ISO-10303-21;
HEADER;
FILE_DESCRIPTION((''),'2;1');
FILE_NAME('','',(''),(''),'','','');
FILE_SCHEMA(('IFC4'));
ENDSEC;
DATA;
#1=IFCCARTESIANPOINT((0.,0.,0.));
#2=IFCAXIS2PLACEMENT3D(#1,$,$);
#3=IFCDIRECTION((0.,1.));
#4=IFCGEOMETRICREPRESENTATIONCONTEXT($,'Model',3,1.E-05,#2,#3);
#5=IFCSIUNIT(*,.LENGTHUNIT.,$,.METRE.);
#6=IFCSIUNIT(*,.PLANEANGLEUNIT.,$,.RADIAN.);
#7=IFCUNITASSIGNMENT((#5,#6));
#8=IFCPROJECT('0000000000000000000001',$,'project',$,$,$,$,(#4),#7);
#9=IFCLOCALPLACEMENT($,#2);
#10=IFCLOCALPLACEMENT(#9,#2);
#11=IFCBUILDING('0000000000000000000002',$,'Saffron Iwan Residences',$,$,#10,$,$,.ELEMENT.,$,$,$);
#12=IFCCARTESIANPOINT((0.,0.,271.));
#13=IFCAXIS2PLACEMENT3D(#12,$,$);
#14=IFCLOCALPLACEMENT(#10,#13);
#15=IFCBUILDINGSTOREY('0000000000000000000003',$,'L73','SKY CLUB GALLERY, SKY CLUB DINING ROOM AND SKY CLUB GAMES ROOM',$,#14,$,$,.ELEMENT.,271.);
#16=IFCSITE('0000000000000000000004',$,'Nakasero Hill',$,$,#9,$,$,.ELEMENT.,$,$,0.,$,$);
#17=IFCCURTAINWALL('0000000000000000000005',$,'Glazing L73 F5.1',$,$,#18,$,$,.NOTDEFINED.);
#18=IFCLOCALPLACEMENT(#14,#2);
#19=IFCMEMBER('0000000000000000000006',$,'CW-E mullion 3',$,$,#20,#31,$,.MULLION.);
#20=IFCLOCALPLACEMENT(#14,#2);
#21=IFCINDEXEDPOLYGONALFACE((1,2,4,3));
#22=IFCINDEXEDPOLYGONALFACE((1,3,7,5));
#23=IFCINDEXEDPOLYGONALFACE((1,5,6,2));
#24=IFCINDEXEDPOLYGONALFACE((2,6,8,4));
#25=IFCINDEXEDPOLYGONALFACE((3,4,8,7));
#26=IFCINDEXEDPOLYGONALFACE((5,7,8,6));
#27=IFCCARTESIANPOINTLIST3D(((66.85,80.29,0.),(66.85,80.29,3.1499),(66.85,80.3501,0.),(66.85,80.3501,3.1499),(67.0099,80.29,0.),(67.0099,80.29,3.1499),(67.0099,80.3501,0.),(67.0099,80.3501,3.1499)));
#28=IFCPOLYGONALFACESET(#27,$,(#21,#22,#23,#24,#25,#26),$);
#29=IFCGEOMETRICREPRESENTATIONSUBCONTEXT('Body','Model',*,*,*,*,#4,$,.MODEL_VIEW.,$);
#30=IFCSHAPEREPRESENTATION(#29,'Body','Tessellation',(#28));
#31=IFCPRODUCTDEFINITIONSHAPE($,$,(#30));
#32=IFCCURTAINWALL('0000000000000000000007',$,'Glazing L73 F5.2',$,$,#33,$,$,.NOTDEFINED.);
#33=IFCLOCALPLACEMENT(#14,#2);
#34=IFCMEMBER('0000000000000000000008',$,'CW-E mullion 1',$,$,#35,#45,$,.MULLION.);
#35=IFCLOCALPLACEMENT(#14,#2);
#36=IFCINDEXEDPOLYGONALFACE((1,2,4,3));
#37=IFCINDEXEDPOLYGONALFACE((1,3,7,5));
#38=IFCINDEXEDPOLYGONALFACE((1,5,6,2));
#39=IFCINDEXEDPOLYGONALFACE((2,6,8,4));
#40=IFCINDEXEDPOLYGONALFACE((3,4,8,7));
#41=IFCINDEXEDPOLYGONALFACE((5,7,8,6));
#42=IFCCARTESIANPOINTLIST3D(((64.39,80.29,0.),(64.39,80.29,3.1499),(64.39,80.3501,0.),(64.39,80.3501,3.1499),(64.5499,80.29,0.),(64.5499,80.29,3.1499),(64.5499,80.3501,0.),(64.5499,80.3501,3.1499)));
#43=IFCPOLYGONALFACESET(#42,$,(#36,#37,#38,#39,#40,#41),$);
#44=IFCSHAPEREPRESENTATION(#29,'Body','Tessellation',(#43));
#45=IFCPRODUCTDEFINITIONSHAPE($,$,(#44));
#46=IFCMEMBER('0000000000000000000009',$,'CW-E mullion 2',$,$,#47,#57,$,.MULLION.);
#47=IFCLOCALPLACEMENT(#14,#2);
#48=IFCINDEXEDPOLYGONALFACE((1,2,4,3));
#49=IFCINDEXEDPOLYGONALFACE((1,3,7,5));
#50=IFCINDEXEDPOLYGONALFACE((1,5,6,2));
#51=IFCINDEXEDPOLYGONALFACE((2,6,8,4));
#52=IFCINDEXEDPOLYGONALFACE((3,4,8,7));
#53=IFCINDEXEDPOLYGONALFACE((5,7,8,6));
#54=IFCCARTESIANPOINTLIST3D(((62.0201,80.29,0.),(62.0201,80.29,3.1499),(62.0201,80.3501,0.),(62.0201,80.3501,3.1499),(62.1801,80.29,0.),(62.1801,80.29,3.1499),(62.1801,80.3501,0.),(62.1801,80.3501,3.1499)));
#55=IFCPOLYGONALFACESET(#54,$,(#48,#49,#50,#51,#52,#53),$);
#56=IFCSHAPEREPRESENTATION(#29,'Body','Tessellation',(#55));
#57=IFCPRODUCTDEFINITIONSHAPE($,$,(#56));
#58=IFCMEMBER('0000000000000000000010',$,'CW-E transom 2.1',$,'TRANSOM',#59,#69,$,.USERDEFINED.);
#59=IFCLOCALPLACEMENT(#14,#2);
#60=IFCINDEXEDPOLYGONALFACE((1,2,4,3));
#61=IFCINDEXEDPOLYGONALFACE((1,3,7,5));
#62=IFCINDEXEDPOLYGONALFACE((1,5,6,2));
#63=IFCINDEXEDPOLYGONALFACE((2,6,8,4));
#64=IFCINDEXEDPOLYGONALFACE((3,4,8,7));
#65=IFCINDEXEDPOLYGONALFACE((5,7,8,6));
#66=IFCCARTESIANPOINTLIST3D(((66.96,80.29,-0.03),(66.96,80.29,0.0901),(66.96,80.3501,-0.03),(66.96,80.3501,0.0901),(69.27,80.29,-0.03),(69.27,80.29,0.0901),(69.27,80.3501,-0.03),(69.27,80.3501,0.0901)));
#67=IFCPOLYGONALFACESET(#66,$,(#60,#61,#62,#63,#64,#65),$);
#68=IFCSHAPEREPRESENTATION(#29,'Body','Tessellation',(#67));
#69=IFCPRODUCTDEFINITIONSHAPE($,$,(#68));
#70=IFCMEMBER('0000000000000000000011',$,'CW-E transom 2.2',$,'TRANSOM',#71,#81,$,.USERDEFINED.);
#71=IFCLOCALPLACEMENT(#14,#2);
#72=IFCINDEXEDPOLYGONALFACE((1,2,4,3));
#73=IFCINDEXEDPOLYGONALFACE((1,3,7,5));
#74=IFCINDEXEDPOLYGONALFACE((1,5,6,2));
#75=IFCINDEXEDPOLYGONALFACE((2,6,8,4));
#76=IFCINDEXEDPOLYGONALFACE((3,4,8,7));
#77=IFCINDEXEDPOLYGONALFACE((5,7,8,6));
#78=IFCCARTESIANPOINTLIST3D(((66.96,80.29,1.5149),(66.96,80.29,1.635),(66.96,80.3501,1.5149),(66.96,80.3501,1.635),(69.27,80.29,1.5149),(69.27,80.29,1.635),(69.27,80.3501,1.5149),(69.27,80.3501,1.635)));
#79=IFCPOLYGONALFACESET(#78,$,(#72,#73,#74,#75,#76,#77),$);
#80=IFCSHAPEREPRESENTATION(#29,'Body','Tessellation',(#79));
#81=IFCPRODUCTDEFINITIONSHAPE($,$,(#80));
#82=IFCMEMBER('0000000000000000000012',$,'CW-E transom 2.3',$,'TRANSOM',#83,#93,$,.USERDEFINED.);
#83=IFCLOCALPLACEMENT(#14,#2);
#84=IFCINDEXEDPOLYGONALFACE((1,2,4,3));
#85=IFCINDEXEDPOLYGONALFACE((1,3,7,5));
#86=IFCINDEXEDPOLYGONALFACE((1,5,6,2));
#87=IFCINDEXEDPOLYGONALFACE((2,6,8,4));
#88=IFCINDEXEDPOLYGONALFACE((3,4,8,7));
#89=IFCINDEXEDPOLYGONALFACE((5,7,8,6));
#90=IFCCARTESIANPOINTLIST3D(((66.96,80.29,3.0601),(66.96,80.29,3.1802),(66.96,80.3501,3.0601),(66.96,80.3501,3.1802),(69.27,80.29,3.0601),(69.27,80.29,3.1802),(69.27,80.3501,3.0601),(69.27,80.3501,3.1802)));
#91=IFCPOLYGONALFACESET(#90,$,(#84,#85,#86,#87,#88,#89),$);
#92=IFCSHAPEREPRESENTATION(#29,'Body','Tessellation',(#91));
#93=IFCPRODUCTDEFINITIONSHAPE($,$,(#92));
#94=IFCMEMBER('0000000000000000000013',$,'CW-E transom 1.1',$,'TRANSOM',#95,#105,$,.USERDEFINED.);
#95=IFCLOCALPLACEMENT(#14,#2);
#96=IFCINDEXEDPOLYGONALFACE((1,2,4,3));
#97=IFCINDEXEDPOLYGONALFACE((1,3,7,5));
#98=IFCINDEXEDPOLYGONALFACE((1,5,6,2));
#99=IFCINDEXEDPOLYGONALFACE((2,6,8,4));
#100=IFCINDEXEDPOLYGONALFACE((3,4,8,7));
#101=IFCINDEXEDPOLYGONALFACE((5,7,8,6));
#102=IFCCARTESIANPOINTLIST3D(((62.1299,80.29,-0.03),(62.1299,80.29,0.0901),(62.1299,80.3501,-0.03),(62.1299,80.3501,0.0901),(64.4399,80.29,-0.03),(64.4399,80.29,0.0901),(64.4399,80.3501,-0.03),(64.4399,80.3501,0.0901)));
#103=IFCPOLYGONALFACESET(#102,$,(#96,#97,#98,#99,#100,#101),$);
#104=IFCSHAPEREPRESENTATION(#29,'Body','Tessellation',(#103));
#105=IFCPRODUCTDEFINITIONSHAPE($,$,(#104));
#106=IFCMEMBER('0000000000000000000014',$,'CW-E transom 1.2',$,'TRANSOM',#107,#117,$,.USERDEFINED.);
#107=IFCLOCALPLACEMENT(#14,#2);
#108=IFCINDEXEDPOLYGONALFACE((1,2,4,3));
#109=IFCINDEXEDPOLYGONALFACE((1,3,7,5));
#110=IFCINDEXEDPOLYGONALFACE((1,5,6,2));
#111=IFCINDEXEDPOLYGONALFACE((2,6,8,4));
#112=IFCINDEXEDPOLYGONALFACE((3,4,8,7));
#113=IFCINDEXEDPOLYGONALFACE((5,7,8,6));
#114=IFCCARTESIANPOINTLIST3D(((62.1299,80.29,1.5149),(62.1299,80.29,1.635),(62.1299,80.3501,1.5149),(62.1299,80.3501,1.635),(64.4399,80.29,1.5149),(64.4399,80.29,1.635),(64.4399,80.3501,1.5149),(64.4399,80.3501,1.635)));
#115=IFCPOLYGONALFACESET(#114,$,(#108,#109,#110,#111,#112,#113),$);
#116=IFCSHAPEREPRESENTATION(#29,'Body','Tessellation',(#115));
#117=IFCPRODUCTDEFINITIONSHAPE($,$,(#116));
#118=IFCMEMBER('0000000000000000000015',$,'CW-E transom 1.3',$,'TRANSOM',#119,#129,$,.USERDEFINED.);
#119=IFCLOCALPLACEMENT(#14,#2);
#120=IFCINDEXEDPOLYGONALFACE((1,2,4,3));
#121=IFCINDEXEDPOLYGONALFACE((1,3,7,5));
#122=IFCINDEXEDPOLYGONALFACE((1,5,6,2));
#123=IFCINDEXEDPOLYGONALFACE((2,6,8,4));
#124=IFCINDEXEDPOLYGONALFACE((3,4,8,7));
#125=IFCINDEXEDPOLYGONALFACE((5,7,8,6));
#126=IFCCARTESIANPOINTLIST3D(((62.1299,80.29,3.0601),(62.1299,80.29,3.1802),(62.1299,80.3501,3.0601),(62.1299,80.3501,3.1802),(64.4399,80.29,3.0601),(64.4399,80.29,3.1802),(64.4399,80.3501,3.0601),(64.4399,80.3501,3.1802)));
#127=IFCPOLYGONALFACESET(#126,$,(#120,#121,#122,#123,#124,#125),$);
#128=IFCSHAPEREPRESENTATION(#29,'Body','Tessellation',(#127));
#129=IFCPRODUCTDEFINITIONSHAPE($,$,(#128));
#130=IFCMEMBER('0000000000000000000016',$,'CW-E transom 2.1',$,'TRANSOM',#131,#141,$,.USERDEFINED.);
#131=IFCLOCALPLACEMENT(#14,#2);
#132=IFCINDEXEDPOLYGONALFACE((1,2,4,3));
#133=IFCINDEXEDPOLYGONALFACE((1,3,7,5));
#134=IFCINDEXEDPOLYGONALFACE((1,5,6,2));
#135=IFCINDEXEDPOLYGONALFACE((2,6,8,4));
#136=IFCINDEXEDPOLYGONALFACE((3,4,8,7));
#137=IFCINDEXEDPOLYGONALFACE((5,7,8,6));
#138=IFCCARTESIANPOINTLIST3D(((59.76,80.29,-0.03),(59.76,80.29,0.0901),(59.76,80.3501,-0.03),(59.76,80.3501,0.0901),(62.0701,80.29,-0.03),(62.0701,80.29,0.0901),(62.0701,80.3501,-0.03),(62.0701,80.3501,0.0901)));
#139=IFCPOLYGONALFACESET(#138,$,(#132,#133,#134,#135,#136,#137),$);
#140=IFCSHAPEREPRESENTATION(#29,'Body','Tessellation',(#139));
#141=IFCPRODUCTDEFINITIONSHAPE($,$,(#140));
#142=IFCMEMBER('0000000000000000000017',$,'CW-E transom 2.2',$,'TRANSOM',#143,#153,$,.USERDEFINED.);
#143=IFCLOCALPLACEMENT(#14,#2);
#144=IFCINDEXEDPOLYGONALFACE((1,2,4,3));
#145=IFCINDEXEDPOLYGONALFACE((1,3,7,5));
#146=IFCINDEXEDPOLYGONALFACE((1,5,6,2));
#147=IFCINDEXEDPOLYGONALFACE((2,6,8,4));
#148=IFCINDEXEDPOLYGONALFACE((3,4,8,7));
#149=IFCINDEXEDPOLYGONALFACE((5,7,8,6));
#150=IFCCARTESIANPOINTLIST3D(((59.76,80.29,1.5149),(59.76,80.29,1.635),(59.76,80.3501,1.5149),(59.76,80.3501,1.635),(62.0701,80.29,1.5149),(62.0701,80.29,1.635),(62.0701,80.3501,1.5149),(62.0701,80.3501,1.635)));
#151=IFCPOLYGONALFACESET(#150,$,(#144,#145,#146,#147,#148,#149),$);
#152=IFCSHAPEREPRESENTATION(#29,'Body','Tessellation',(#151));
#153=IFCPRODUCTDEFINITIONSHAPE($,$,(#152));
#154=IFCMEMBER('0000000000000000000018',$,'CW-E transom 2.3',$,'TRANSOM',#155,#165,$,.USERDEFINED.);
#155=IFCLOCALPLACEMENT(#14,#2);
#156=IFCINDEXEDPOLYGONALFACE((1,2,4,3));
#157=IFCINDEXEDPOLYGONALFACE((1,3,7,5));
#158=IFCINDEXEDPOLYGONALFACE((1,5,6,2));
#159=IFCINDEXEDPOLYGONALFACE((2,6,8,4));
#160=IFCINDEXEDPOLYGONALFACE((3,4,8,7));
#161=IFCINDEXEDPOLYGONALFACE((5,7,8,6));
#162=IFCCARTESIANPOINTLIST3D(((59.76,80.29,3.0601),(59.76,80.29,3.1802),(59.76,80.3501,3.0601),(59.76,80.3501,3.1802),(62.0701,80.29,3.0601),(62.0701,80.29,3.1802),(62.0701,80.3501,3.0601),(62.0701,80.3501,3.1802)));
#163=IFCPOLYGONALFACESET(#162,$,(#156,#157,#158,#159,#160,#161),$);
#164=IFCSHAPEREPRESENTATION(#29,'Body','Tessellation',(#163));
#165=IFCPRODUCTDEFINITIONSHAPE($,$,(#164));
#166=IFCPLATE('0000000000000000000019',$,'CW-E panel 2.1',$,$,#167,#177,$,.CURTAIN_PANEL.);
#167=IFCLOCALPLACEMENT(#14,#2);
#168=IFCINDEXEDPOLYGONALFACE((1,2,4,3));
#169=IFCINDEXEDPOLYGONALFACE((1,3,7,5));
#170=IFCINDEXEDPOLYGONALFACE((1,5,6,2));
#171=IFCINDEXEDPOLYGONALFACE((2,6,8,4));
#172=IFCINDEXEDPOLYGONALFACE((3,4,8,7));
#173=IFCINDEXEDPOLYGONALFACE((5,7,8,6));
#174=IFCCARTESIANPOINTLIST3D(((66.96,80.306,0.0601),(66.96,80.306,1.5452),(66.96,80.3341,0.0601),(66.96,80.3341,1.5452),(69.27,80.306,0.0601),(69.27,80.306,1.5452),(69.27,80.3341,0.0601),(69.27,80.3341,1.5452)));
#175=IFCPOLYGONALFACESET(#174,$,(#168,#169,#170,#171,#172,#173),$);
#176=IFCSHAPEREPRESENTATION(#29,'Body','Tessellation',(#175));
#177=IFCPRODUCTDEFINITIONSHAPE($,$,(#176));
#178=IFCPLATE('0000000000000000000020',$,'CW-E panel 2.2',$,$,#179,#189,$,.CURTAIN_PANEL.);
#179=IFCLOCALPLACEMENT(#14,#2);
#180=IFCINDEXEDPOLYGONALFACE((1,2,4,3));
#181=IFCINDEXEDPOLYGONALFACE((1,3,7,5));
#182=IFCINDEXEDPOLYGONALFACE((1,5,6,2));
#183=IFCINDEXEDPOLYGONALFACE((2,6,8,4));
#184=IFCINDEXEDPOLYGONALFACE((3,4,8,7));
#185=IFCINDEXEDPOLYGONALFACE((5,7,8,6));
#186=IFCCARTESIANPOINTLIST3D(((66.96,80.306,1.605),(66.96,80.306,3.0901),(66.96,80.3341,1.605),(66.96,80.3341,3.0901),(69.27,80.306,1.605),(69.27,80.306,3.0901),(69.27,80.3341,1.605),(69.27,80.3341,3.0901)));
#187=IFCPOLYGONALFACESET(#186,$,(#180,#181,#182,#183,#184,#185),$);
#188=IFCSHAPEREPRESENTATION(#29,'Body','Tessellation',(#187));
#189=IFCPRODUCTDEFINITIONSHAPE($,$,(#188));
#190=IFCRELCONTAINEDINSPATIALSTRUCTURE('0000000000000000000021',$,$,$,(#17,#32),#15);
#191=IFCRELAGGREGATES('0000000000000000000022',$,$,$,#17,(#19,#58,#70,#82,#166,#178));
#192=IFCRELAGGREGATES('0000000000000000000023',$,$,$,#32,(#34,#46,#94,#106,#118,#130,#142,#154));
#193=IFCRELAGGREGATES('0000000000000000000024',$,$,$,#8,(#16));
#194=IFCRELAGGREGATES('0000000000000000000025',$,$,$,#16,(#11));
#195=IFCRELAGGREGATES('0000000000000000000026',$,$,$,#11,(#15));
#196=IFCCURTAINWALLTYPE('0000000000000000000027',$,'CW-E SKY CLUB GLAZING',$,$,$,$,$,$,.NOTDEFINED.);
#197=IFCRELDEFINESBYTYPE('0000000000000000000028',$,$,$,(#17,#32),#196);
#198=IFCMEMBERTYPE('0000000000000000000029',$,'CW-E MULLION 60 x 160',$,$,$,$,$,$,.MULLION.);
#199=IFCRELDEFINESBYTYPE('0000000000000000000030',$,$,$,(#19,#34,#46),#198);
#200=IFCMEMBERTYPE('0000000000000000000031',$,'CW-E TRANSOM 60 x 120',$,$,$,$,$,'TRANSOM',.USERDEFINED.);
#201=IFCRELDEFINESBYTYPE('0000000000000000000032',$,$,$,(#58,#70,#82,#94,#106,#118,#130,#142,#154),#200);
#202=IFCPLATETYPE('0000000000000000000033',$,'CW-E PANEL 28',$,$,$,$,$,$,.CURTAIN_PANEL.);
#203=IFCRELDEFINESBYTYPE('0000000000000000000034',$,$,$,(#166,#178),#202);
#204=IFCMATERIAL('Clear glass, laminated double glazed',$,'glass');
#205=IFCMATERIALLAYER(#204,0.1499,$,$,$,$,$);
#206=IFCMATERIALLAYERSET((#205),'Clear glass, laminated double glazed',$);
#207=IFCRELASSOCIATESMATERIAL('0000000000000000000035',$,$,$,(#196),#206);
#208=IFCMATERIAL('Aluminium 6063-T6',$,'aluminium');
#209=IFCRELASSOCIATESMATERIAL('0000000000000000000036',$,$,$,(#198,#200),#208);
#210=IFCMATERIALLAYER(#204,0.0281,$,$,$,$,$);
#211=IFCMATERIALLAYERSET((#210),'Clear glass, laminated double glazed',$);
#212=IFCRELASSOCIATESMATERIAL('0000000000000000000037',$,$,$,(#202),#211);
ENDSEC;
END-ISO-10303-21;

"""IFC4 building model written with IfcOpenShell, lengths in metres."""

from ifc_helpers import new_model, si_unit, direction, frame, origin, origin_2d, place, context, subcontext, project, spatial, rectangle, extrude, source, transform, mapped, material, layer, layer_set, material_profile, profile_set, type_object, element, aggregate, save


model = new_model("IFC4")

# Units and contexts
model_context = context("Model", 3, precision=1e-05, world=origin(), true_north=direction((0.0, 1.0)))
body_context = subcontext(model_context, "Body", "Model", "MODEL_VIEW")
ifc_project = project(units=[si_unit("LENGTHUNIT", "METRE"), si_unit("PLANEANGLEUNIT", "RADIAN")], contexts=[model_context])

# Site, building, storey
site_placement = place(None, origin())
site = spatial("IfcSite", under=ifc_project, at=site_placement, Name="Nakasero Hill", CompositionType="ELEMENT", RefElevation=0.0)
building_placement = place(site_placement, origin())
building = spatial("IfcBuilding", under=site, at=building_placement, Name="Saffron Iwan Residences", CompositionType="ELEMENT")
storey_placement = place(building_placement, frame((0.0, 0.0, 271.0)))
storey = spatial("IfcBuildingStorey", under=building, at=storey_placement, Name="L73", Description="SKY CLUB GALLERY, SKY CLUB DINING ROOM AND SKY CLUB GAMES ROOM", CompositionType="ELEMENT", Elevation=271.0)

# Curtain wall, member
ifc_material_1 = material(Name="Clear glass, laminated double glazed", Category="glass")
ifc_layer_1 = layer(ifc_material_1, 0.1499)
ifc_layer_set_1 = layer_set([ifc_layer_1], Name="Clear glass, laminated double glazed")
curtain_wall_type = type_object("IfcCurtainWallType", Name="CW-E SKY CLUB GLAZING", PredefinedType="NOTDEFINED", material=ifc_layer_set_1)
curtain_wall_1_placement = place(storey_placement, origin())
curtain_wall_1 = element("IfcCurtainWall", 1, at=curtain_wall_1_placement, inside=storey, type_object=curtain_wall_type, Name="Glazing L73 F5.1", PredefinedType="NOTDEFINED")
ifc_material_2 = material(Name="Aluminium 6063-T6", Category="aluminium")
ifc_material_profile_1 = material_profile(ifc_material_2, rectangle(XDim=0.0601, YDim=0.1599, at=origin_2d()), Name="CW-E MULLION 60 x 160")
ifc_profile_set_1 = profile_set([ifc_material_profile_1], Name="Aluminium 6063-T6")
member_type_1 = type_object("IfcMemberType", Name="CW-E MULLION 60 x 160", PredefinedType="MULLION", material=ifc_profile_set_1)
shared_shape_1 = source(origin(), body_context, "Body", "SweptSolid", [
    extrude(rectangle(XDim=0.0601, YDim=0.1599, at=origin_2d()), origin(), (0.0, 0.0, 1.0), 3.1499),
])
member_1_placement = place(storey_placement, frame((66.9299, 80.3201, 0.0), z_axis=(0.0, 0.0, 1.0), x_axis=(0.0, -1.0, 0.0)))
member_1 = element("IfcMember", 2, at=member_1_placement, type_object=member_type_1, Name="CW-E mullion 3", PredefinedType="MULLION", context=body_context, shape_type="MappedRepresentation", body=[
    mapped(shared_shape_1, transform((0.0, 0.0, 0.0))),
])

# Curtain wall, members
curtain_wall_2_placement = place(storey_placement, origin())
curtain_wall_2 = element("IfcCurtainWall", 3, at=curtain_wall_2_placement, inside=storey, type_object=curtain_wall_type, Name="Glazing L73 F5.2", PredefinedType="NOTDEFINED")
member_2_placement = place(storey_placement, frame((64.47, 80.3201, 0.0), z_axis=(0.0, 0.0, 1.0), x_axis=(0.0, -1.0, 0.0)))
member_2 = element("IfcMember", 4, at=member_2_placement, type_object=member_type_1, Name="CW-E mullion 1", PredefinedType="MULLION", context=body_context, shape_type="MappedRepresentation", body=[
    mapped(shared_shape_1, transform((0.0, 0.0, 0.0))),
])
member_3_placement = place(storey_placement, frame((62.1001, 80.3201, 0.0), z_axis=(0.0, 0.0, 1.0), x_axis=(0.0, -1.0, 0.0)))
member_3 = element("IfcMember", 5, at=member_3_placement, type_object=member_type_1, Name="CW-E mullion 2", PredefinedType="MULLION", context=body_context, shape_type="MappedRepresentation", body=[
    mapped(shared_shape_1, transform((0.0, 0.0, 0.0))),
])

# Members
ifc_material_profile_2 = material_profile(ifc_material_2, rectangle(XDim=0.0601, YDim=0.1201, at=origin_2d()), Name="CW-E TRANSOM 60 x 120")
ifc_profile_set_2 = profile_set([ifc_material_profile_2], Name="Aluminium 6063-T6")
member_type_2 = type_object("IfcMemberType", Name="CW-E TRANSOM 60 x 120", ElementType="TRANSOM", PredefinedType="USERDEFINED", material=ifc_profile_set_2)
shared_shape_2 = source(origin(), body_context, "Body", "SweptSolid", [
    extrude(rectangle(XDim=0.0601, YDim=0.1201, at=origin_2d()), origin(), (0.0, 0.0, 1.0), 2.3101),
])
member_4_placement = place(storey_placement, frame((69.27, 80.3201, 0.03), z_axis=(-1.0, 0.0, 0.0), x_axis=(0.0, -1.0, 0.0)))
member_4 = element("IfcMember", 6, at=member_4_placement, type_object=member_type_2, Name="CW-E transom 2.1", ObjectType="TRANSOM", PredefinedType="USERDEFINED", context=body_context, shape_type="MappedRepresentation", body=[
    mapped(shared_shape_2, transform((0.0, 0.0, 0.0))),
])
member_5_placement = place(storey_placement, frame((69.27, 80.3201, 1.575), z_axis=(-1.0, 0.0, 0.0), x_axis=(0.0, -1.0, 0.0)))
member_5 = element("IfcMember", 7, at=member_5_placement, type_object=member_type_2, Name="CW-E transom 2.2", ObjectType="TRANSOM", PredefinedType="USERDEFINED", context=body_context, shape_type="MappedRepresentation", body=[
    mapped(shared_shape_2, transform((0.0, 0.0, 0.0))),
])
member_6_placement = place(storey_placement, frame((69.27, 80.3201, 3.1201), z_axis=(-1.0, 0.0, 0.0), x_axis=(0.0, -1.0, 0.0)))
member_6 = element("IfcMember", 8, at=member_6_placement, type_object=member_type_2, Name="CW-E transom 2.3", ObjectType="TRANSOM", PredefinedType="USERDEFINED", context=body_context, shape_type="MappedRepresentation", body=[
    mapped(shared_shape_2, transform((0.0, 0.0, 0.0))),
])
member_7_placement = place(storey_placement, frame((64.4399, 80.3201, 0.03), z_axis=(-1.0, 0.0, 0.0), x_axis=(0.0, -1.0, 0.0)))
member_7 = element("IfcMember", 9, at=member_7_placement, type_object=member_type_2, Name="CW-E transom 1.1", ObjectType="TRANSOM", PredefinedType="USERDEFINED", context=body_context, shape_type="MappedRepresentation", body=[
    mapped(shared_shape_2, transform((0.0, 0.0, 0.0))),
])
member_8_placement = place(storey_placement, frame((64.4399, 80.3201, 1.575), z_axis=(-1.0, 0.0, 0.0), x_axis=(0.0, -1.0, 0.0)))
member_8 = element("IfcMember", 10, at=member_8_placement, type_object=member_type_2, Name="CW-E transom 1.2", ObjectType="TRANSOM", PredefinedType="USERDEFINED", context=body_context, shape_type="MappedRepresentation", body=[
    mapped(shared_shape_2, transform((0.0, 0.0, 0.0))),
])
member_9_placement = place(storey_placement, frame((64.4399, 80.3201, 3.1201), z_axis=(-1.0, 0.0, 0.0), x_axis=(0.0, -1.0, 0.0)))
member_9 = element("IfcMember", 11, at=member_9_placement, type_object=member_type_2, Name="CW-E transom 1.3", ObjectType="TRANSOM", PredefinedType="USERDEFINED", context=body_context, shape_type="MappedRepresentation", body=[
    mapped(shared_shape_2, transform((0.0, 0.0, 0.0))),
])
member_10_placement = place(storey_placement, frame((62.0701, 80.3201, 0.03), z_axis=(-1.0, 0.0, 0.0), x_axis=(0.0, -1.0, 0.0)))
member_10 = element("IfcMember", 12, at=member_10_placement, type_object=member_type_2, Name="CW-E transom 2.1", ObjectType="TRANSOM", PredefinedType="USERDEFINED", context=body_context, shape_type="MappedRepresentation", body=[
    mapped(shared_shape_2, transform((0.0, 0.0, 0.0))),
])
member_11_placement = place(storey_placement, frame((62.0701, 80.3201, 1.575), z_axis=(-1.0, 0.0, 0.0), x_axis=(0.0, -1.0, 0.0)))
member_11 = element("IfcMember", 13, at=member_11_placement, type_object=member_type_2, Name="CW-E transom 2.2", ObjectType="TRANSOM", PredefinedType="USERDEFINED", context=body_context, shape_type="MappedRepresentation", body=[
    mapped(shared_shape_2, transform((0.0, 0.0, 0.0))),
])
member_12_placement = place(storey_placement, frame((62.0701, 80.3201, 3.1201), z_axis=(-1.0, 0.0, 0.0), x_axis=(0.0, -1.0, 0.0)))
member_12 = element("IfcMember", 14, at=member_12_placement, type_object=member_type_2, Name="CW-E transom 2.3", ObjectType="TRANSOM", PredefinedType="USERDEFINED", context=body_context, shape_type="MappedRepresentation", body=[
    mapped(shared_shape_2, transform((0.0, 0.0, 0.0))),
])

# Plates
ifc_layer_2 = layer(ifc_material_1, 0.0281)
ifc_layer_set_2 = layer_set([ifc_layer_2], Name="Clear glass, laminated double glazed")
plate_type = type_object("IfcPlateType", Name="CW-E PANEL 28", PredefinedType="CURTAIN_PANEL", material=ifc_layer_set_2)
shared_shape_3 = source(origin(), body_context, "Body", "SweptSolid", [
    extrude(rectangle(XDim=2.3101, YDim=0.0281, at=origin_2d()), origin(), (0.0, 0.0, 1.0), 1.4851),
])
plate_1_placement = place(storey_placement, frame((68.115, 80.3201, 0.0601), z_axis=(0.0, 0.0, 1.0), x_axis=(-1.0, 0.0, 0.0)))
plate_1 = element("IfcPlate", 15, at=plate_1_placement, type_object=plate_type, Name="CW-E panel 2.1", PredefinedType="CURTAIN_PANEL", context=body_context, shape_type="MappedRepresentation", body=[
    mapped(shared_shape_3, transform((0.0, 0.0, 0.0))),
])
plate_2_placement = place(storey_placement, frame((68.115, 80.3201, 1.605), z_axis=(0.0, 0.0, 1.0), x_axis=(-1.0, 0.0, 0.0)))
plate_2 = element("IfcPlate", 16, at=plate_2_placement, type_object=plate_type, Name="CW-E panel 2.2", PredefinedType="CURTAIN_PANEL", context=body_context, shape_type="MappedRepresentation", body=[
    mapped(shared_shape_3, transform((0.0, 0.0, 0.0))),
])
aggregate(curtain_wall_1, [member_1, member_4, member_5, member_6, plate_1, plate_2])
aggregate(curtain_wall_2, [member_2, member_3, member_7, member_8, member_9, member_10, member_11, member_12])

save(model, "model.ifc")
